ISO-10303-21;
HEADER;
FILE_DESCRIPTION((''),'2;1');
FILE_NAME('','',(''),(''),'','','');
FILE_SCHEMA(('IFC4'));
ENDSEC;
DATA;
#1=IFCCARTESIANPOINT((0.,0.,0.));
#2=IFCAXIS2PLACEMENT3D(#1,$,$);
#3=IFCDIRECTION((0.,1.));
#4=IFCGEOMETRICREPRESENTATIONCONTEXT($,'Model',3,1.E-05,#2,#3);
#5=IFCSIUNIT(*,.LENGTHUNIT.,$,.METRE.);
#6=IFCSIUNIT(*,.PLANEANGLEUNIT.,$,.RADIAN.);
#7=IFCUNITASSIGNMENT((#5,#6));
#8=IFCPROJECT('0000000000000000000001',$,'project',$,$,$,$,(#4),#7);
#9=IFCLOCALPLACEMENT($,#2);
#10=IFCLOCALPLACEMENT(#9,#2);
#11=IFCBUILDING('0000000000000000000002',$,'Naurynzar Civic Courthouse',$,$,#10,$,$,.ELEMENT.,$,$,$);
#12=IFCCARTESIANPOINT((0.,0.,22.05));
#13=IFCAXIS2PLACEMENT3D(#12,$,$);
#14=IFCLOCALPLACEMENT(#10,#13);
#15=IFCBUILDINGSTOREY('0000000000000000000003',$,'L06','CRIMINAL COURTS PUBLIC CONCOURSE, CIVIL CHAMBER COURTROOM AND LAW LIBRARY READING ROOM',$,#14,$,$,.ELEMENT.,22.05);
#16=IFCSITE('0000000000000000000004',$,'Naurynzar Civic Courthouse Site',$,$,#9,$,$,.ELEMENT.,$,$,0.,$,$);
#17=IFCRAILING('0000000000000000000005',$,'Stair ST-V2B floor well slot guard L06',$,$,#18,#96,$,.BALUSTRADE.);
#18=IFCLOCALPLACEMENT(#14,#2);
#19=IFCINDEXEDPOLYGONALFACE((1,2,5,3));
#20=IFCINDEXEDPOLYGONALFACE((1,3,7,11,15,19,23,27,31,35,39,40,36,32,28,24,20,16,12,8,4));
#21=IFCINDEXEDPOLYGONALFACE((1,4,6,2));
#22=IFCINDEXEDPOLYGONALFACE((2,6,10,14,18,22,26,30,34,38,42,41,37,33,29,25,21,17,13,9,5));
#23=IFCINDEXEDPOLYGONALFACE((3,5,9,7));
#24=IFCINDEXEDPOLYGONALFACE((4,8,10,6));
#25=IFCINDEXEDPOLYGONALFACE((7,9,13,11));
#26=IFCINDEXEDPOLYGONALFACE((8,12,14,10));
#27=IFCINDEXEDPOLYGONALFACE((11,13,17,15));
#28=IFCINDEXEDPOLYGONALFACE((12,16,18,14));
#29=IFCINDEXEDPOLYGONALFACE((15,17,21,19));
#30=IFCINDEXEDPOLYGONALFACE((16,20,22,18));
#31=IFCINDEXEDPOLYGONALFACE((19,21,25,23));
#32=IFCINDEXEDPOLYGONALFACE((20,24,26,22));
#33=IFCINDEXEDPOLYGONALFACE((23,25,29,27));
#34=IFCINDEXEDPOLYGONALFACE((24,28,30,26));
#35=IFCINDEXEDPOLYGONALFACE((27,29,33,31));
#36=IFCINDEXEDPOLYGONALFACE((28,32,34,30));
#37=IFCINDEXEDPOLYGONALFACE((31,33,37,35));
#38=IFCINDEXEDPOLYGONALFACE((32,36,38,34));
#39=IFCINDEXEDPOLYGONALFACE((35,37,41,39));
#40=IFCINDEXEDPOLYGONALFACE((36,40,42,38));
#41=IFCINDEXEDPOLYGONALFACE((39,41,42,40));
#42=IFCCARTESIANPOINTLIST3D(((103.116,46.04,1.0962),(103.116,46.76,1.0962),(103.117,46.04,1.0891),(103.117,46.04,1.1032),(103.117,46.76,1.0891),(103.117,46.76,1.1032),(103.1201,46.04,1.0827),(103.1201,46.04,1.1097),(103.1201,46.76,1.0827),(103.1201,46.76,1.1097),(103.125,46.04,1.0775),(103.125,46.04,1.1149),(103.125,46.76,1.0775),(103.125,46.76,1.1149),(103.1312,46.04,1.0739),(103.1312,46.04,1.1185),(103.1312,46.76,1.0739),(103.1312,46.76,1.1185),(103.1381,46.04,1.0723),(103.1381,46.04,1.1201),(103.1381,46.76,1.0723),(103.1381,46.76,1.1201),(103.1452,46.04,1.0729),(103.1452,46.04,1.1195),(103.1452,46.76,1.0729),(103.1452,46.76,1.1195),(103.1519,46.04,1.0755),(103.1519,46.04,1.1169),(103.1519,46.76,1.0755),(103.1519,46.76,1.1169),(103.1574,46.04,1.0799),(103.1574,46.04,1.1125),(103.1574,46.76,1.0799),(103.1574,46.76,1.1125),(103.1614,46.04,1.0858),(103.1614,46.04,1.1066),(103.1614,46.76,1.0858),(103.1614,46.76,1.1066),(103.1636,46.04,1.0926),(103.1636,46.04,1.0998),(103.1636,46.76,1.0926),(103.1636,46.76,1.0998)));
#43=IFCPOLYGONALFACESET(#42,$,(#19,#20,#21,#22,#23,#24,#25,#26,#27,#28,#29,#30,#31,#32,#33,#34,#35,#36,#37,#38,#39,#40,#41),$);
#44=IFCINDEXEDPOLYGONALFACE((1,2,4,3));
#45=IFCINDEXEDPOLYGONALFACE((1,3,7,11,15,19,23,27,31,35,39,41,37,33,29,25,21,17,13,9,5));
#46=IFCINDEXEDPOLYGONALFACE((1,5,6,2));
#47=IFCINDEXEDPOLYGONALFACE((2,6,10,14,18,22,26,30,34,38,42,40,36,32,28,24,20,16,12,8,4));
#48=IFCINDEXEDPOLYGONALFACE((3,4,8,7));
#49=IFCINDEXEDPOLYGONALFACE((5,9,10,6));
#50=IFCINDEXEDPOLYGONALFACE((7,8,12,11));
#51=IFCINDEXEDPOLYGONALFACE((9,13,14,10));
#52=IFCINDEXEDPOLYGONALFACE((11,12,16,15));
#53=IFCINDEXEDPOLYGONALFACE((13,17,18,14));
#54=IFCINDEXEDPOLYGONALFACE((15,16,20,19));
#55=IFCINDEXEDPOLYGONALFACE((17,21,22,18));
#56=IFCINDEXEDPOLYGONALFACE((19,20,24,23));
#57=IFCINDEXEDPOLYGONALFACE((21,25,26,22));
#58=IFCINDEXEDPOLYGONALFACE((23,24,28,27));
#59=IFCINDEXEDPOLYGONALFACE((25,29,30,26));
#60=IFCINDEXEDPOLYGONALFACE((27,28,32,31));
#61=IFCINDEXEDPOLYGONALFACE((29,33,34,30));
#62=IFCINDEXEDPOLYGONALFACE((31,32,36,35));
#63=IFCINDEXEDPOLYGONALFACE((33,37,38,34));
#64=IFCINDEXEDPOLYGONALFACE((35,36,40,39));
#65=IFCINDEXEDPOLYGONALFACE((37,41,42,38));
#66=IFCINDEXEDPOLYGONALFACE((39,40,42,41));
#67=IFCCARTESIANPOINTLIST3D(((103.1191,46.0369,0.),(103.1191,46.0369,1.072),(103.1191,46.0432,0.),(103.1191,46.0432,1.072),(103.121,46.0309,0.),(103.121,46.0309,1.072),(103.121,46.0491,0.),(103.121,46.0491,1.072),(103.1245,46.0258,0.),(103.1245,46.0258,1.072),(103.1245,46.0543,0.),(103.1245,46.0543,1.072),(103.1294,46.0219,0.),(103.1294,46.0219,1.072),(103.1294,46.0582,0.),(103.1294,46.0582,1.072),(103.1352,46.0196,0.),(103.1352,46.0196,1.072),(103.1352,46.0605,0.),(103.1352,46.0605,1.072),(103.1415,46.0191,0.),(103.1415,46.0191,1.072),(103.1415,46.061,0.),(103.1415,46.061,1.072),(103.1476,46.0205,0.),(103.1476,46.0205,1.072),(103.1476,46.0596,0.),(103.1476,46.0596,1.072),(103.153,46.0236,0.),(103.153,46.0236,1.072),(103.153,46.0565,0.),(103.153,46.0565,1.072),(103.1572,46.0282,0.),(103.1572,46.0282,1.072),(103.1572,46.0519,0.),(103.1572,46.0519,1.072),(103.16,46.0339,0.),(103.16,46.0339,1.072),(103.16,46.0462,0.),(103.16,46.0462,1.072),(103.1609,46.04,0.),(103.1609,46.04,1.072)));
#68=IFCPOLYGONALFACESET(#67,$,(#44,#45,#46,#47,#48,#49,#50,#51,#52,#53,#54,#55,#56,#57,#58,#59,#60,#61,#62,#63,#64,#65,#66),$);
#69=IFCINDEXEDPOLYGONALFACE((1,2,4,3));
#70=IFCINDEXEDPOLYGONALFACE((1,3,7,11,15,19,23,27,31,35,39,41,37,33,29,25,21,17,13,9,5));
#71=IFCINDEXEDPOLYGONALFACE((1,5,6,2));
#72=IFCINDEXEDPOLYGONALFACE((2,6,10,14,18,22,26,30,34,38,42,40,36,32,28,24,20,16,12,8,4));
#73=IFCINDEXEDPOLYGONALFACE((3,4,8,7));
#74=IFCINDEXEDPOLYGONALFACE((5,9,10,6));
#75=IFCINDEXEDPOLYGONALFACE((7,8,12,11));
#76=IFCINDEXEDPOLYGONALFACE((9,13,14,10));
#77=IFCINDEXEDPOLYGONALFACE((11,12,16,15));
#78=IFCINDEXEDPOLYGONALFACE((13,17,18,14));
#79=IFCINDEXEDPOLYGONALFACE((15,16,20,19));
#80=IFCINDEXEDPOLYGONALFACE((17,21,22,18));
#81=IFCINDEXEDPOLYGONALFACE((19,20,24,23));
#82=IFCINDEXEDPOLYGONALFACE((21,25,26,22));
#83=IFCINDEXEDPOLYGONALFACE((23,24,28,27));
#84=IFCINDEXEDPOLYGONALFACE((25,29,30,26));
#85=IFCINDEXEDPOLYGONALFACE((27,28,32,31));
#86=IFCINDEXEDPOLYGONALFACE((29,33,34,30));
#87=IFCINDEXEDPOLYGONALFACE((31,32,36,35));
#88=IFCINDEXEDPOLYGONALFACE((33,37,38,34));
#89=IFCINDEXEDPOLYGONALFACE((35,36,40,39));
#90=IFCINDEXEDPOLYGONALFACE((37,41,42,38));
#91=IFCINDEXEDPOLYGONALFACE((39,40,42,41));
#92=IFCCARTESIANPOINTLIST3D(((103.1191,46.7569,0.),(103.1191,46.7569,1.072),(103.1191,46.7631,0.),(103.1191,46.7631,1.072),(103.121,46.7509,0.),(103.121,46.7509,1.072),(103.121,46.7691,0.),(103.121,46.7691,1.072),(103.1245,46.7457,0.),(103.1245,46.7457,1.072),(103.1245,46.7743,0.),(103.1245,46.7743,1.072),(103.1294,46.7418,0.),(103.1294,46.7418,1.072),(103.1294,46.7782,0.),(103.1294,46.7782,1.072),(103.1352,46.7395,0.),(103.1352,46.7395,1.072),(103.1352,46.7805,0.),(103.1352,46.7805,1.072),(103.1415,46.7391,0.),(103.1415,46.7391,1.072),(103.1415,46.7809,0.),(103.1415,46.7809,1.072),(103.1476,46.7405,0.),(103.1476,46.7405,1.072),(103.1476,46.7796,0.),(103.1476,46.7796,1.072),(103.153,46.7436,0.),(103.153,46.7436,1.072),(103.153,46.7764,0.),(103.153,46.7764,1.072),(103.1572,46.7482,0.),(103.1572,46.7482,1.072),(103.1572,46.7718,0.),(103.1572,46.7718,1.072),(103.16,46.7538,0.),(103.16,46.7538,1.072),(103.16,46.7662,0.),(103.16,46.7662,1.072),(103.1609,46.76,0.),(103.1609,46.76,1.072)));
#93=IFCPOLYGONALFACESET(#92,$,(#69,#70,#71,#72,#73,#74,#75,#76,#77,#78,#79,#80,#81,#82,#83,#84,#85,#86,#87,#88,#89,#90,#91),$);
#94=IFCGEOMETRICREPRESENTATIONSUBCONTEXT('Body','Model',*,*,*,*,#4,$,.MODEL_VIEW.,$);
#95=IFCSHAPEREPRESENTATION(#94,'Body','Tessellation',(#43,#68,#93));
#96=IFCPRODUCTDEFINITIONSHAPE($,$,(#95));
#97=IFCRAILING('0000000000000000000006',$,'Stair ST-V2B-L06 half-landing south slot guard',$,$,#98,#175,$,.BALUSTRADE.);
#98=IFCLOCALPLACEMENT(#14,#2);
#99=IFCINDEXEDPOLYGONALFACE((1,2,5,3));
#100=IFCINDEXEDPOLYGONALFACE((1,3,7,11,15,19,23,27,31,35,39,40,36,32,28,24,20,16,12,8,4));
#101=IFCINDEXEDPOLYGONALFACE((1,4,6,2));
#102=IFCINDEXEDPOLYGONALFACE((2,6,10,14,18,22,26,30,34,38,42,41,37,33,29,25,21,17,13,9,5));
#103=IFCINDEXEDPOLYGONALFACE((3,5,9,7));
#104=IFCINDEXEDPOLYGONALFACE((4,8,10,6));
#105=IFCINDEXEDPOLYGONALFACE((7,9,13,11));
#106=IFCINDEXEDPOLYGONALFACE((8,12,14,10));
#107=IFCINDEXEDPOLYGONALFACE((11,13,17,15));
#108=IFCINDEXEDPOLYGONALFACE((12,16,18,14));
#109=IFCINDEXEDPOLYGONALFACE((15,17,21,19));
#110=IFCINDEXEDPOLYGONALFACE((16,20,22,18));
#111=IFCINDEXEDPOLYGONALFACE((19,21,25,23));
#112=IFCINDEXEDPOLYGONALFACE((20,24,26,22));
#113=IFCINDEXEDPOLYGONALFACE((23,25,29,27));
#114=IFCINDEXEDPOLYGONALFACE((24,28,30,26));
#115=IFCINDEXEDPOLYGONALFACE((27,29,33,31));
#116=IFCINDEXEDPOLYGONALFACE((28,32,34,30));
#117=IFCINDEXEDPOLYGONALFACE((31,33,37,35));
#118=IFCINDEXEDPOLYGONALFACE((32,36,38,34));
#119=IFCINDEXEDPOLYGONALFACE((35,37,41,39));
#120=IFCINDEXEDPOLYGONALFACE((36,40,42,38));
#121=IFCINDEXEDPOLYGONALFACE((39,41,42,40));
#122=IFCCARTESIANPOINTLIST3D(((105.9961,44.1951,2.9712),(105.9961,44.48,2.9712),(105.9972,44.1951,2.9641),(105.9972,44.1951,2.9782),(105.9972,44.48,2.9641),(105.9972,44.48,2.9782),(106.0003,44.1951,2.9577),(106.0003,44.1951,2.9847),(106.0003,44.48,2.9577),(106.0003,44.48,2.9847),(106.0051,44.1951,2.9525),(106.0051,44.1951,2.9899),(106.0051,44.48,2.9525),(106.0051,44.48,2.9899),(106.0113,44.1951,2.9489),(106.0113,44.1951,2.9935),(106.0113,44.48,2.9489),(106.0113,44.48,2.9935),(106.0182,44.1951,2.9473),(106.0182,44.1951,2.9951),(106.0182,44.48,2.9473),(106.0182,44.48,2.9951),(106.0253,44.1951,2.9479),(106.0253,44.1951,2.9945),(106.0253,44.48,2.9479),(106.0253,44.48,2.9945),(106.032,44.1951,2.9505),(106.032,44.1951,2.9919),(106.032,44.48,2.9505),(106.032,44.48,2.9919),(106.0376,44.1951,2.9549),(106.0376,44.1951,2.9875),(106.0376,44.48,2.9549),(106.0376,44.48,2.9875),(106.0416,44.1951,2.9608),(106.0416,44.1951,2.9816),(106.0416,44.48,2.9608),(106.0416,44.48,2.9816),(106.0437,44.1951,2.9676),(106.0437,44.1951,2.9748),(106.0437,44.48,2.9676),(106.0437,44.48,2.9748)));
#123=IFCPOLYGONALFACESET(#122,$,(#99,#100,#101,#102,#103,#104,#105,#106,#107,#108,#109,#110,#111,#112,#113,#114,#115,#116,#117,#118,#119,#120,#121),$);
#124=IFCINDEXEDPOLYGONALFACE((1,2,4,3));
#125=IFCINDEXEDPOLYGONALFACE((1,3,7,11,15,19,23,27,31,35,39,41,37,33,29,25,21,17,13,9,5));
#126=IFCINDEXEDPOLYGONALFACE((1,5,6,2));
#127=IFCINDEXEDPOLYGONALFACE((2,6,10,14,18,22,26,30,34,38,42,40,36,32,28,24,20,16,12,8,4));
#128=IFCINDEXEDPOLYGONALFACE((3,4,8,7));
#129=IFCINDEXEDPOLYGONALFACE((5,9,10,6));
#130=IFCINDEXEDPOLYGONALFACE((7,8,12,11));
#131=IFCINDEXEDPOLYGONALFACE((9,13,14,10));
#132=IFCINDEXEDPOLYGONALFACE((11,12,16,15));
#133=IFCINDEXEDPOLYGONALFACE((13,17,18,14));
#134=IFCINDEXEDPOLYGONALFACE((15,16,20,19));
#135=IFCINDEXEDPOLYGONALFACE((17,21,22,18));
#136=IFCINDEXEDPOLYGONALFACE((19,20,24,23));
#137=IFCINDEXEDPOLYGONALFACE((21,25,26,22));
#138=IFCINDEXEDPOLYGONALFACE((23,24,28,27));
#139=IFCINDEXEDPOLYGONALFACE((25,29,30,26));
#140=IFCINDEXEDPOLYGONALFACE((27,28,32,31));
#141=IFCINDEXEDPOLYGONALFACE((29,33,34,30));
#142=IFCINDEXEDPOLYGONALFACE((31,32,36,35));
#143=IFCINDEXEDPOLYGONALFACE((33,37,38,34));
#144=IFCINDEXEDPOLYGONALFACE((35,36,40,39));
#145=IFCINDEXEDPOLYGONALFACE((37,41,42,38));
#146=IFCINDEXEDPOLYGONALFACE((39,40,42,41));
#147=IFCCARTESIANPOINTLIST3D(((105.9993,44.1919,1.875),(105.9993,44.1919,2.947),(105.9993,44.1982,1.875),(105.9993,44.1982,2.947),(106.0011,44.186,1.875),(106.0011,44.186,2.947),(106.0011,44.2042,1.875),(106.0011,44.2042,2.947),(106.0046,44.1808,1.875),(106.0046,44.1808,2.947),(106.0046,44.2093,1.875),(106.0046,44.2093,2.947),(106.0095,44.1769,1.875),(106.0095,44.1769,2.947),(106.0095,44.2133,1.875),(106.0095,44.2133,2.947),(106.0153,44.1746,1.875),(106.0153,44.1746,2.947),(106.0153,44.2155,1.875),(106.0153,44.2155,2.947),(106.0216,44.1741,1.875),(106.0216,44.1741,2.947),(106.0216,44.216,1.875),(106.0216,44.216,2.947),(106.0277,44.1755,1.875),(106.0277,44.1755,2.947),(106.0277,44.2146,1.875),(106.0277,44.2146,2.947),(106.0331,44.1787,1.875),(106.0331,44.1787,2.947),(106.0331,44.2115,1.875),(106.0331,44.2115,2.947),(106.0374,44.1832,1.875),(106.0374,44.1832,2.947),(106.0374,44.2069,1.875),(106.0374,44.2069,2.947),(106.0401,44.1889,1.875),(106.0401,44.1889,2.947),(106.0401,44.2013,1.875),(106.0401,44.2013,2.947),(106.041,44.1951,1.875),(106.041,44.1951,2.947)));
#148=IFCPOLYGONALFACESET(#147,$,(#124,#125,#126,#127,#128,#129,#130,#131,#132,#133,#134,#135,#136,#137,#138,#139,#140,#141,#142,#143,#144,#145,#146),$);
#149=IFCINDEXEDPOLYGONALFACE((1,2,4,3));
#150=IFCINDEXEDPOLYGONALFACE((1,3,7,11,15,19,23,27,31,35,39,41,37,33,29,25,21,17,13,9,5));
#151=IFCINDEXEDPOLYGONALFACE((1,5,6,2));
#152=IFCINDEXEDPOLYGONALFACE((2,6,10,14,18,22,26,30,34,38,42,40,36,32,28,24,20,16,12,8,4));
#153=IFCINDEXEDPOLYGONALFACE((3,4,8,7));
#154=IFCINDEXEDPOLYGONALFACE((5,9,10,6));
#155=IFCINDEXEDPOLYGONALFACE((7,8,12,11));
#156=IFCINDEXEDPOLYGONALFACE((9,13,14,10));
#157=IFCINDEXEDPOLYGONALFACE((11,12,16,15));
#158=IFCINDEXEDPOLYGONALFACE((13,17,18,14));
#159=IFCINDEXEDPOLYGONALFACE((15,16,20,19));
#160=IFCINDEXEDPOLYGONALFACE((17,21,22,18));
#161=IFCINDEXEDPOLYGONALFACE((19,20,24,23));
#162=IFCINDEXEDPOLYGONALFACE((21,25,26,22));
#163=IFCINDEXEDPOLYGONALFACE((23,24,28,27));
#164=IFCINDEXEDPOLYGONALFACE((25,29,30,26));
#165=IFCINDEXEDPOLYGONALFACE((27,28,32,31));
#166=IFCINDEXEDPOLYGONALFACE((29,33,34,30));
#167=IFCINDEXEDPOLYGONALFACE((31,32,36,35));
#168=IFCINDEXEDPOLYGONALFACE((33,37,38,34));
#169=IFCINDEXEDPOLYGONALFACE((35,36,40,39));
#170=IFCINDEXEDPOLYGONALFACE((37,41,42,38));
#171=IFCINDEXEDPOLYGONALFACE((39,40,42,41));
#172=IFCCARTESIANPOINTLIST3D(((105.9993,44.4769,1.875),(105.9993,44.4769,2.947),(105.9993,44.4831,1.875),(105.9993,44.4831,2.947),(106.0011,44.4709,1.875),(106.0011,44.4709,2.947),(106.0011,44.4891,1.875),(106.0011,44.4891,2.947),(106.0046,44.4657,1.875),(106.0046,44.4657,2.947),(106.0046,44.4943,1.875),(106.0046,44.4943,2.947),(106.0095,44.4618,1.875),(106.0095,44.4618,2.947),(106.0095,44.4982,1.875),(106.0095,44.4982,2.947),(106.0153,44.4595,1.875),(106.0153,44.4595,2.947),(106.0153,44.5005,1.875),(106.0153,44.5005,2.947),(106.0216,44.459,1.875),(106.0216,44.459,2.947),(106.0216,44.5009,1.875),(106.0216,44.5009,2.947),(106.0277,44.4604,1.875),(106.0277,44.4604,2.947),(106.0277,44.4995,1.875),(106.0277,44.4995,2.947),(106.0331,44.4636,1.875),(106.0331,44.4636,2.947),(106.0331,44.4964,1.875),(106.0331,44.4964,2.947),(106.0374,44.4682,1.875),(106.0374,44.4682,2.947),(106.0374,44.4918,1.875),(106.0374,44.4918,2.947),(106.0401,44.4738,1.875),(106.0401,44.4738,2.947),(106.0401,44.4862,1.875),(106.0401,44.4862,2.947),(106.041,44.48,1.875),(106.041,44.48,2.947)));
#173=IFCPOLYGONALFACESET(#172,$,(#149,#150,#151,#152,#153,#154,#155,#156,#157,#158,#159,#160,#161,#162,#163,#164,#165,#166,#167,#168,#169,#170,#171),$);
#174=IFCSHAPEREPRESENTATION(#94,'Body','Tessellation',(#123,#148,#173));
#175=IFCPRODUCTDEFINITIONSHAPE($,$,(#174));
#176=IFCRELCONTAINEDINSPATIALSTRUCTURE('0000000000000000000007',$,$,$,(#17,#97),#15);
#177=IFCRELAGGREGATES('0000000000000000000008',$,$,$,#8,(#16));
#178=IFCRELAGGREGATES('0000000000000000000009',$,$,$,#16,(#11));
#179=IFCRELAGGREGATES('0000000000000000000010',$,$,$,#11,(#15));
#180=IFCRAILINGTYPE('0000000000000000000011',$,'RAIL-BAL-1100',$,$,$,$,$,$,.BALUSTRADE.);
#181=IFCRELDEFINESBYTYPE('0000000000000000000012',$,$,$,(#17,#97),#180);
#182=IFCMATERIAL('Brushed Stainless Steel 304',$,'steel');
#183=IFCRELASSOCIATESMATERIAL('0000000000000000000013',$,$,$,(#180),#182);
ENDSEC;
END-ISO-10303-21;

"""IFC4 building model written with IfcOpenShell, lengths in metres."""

from ifc_helpers import new_model, si_unit, direction, frame, origin, origin_2d, place, context, subcontext, project, spatial, circle, extrude, material, type_object, element, save


model = new_model("IFC4")

# Units and contexts
model_context = context("Model", 3, precision=1e-05, world=origin(), true_north=direction((0.0, 1.0)))
body_context = subcontext(model_context, "Body", "Model", "MODEL_VIEW")
ifc_project = project(units=[si_unit("LENGTHUNIT", "METRE"), si_unit("PLANEANGLEUNIT", "RADIAN")], contexts=[model_context])

# Site, building, storey
site_placement = place(None, origin())
site = spatial("IfcSite", under=ifc_project, at=site_placement, Name="Naurynzar Civic Courthouse Site", CompositionType="ELEMENT", RefElevation=0.0)
building_placement = place(site_placement, origin())
building = spatial("IfcBuilding", under=site, at=building_placement, Name="Naurynzar Civic Courthouse", CompositionType="ELEMENT")
storey_placement = place(building_placement, frame((0.0, 0.0, 22.05)))
storey = spatial("IfcBuildingStorey", under=building, at=storey_placement, Name="L06", Description="CRIMINAL COURTS PUBLIC CONCOURSE, CIVIL CHAMBER COURTROOM AND LAW LIBRARY READING ROOM", CompositionType="ELEMENT", Elevation=22.05)

# Railings
ifc_material_1 = material(Name="Brushed Stainless Steel 304", Category="steel")
railing_type_1 = type_object("IfcRailingType", Name="RAIL-BAL-1100", PredefinedType="BALUSTRADE", material=ifc_material_1)
railing_1_placement = place(storey_placement, frame((103.1399, 46.04, 0.0)))
element("IfcRailing", 1, at=railing_1_placement, inside=storey, type_object=railing_type_1, Name="Stair ST-V2B floor well slot guard L06", PredefinedType="BALUSTRADE", context=body_context, shape_type="SweptSolid", body=[
    extrude(circle(Radius=0.0239, at=origin_2d()), frame((0.0, 0.0, 1.0962), z_axis=(0.0, 1.0, 0.0), x_axis=(-1.0, 0.0, 0.0)), (0.0, 0.0, 1.0), 0.72),
    extrude(circle(Radius=0.021, at=origin_2d()), origin(), (0.0, 0.0, 1.0), 1.072),
    extrude(circle(Radius=0.021, at=origin_2d()), frame((0.0, 0.72, 0.0)), (0.0, 0.0, 1.0), 1.072),
])
railing_2_placement = place(storey_placement, frame((106.02, 44.1951, 1.875)))
element("IfcRailing", 2, at=railing_2_placement, inside=storey, type_object=railing_type_1, Name="Stair ST-V2B-L06 half-landing south slot guard", PredefinedType="BALUSTRADE", context=body_context, shape_type="SweptSolid", body=[
    extrude(circle(Radius=0.0239, at=origin_2d()), frame((0.0, 0.0, 1.0962), z_axis=(0.0, 1.0, 0.0), x_axis=(-1.0, 0.0, 0.0)), (0.0, 0.0, 1.0), 0.2849),
    extrude(circle(Radius=0.021, at=origin_2d()), origin(), (0.0, 0.0, 1.0), 1.072),
    extrude(circle(Radius=0.021, at=origin_2d()), frame((0.0, 0.2849, 0.0)), (0.0, 0.0, 1.0), 1.072),
])

save(model, "model.ifc")
